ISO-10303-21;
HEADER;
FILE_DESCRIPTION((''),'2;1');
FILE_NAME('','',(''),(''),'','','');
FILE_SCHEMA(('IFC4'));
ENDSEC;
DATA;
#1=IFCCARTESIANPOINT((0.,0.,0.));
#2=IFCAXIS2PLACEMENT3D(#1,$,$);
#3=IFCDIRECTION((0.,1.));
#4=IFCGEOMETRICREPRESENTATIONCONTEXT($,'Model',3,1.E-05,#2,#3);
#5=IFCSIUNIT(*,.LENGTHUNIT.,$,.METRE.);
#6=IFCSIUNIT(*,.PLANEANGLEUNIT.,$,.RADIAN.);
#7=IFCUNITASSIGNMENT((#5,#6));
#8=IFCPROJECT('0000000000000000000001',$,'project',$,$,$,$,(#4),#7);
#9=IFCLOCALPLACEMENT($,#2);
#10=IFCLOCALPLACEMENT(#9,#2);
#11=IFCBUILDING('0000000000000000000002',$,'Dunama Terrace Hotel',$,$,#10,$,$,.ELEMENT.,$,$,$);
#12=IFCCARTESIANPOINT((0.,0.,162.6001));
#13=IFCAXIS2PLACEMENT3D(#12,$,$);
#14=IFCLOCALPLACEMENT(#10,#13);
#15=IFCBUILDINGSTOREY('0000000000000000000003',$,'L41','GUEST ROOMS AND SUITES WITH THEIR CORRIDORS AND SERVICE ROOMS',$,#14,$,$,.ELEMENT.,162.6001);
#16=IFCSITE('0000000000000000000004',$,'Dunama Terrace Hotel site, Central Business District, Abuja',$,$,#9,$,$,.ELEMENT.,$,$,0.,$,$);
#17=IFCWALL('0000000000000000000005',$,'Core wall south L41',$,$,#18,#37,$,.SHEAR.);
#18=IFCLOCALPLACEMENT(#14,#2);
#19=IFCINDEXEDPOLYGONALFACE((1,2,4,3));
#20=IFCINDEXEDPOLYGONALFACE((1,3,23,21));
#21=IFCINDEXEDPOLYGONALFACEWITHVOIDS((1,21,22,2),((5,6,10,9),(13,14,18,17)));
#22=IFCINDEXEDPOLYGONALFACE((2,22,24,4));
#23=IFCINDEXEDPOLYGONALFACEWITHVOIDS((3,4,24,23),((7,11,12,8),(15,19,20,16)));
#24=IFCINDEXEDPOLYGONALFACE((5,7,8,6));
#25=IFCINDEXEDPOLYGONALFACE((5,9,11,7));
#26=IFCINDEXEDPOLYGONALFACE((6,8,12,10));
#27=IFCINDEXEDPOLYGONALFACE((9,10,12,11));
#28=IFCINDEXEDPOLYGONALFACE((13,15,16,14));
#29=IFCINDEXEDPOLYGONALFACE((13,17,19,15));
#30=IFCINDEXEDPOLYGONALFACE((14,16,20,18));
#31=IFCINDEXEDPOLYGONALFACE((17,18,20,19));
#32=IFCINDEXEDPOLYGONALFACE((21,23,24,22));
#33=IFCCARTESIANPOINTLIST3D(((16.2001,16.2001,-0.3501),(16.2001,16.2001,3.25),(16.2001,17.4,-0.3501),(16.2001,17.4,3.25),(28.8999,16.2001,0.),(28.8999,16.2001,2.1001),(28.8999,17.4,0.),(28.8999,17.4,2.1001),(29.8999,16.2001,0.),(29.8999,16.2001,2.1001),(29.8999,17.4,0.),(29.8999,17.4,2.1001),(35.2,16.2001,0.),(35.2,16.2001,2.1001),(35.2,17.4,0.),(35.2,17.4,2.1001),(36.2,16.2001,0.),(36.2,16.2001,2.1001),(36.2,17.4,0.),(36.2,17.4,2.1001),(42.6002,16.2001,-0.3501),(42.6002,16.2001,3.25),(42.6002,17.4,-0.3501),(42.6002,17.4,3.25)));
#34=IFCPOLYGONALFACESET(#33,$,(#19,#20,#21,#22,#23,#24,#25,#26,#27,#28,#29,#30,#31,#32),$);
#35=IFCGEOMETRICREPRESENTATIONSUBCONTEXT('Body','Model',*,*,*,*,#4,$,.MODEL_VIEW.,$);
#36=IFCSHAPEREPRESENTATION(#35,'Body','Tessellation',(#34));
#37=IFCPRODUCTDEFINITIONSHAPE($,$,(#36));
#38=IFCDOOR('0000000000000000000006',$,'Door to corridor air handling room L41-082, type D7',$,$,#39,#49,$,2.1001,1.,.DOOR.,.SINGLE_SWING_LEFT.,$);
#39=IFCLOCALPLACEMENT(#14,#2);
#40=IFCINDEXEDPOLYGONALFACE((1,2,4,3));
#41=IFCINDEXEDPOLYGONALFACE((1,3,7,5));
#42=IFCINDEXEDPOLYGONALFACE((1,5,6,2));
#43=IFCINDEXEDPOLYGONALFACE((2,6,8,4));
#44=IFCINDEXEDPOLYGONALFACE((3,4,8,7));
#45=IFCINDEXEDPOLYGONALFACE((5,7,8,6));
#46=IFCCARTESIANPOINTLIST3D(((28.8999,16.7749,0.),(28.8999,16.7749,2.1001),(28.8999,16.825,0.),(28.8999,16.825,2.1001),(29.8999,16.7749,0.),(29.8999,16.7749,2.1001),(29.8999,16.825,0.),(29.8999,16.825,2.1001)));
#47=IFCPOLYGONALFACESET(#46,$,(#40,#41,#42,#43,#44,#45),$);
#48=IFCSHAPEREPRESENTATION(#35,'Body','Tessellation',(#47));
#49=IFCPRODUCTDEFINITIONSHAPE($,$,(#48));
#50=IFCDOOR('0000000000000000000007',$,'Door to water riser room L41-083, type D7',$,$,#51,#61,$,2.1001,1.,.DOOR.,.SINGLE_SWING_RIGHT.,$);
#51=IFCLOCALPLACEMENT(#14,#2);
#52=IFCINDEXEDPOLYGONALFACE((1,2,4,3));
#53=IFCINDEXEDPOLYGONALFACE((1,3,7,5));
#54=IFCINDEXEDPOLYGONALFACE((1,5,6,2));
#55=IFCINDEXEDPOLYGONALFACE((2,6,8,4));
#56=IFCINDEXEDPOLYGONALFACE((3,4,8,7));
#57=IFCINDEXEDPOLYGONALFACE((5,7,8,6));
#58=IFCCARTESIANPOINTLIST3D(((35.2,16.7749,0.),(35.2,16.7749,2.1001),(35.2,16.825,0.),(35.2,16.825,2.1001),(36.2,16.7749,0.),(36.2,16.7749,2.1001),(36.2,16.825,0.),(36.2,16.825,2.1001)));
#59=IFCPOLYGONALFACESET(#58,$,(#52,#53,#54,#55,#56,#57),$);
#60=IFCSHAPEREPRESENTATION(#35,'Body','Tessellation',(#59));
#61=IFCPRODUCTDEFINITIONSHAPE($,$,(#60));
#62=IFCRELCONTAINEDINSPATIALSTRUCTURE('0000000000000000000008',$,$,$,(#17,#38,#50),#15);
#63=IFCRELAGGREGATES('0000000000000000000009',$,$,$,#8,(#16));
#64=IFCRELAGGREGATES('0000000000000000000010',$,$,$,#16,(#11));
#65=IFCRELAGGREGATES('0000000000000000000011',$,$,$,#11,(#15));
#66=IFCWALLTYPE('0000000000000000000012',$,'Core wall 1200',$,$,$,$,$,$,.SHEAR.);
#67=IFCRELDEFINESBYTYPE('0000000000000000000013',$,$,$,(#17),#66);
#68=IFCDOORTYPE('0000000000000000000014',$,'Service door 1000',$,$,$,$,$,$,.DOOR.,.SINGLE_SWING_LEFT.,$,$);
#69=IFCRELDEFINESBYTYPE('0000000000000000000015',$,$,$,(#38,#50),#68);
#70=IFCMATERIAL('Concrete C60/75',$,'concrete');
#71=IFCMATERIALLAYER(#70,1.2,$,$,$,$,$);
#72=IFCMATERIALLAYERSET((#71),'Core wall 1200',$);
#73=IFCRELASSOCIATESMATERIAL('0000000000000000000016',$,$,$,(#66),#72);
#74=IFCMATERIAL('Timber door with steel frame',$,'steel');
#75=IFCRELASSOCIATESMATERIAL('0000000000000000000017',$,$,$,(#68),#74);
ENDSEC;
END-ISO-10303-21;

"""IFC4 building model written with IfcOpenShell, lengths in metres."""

from ifc_helpers import new_model, si_unit, direction, frame, frame_2d, origin, place, context, subcontext, project, spatial, rectangle, extrude, material, layer, layer_set, type_object, element, fill, save


model = new_model("IFC4")

# Units and contexts
model_context = context("Model", 3, precision=1e-05, world=origin(), true_north=direction((0.0, 1.0)))
body_context = subcontext(model_context, "Body", "Model", "MODEL_VIEW")
ifc_project = project(units=[si_unit("LENGTHUNIT", "METRE"), si_unit("PLANEANGLEUNIT", "RADIAN")], contexts=[model_context])

# Site, building, storey
site_placement = place(None, origin())
site = spatial("IfcSite", under=ifc_project, at=site_placement, Name="Dunama Terrace Hotel site, Central Business District, Abuja", CompositionType="ELEMENT", RefElevation=0.0)
building_placement = place(site_placement, origin())
building = spatial("IfcBuilding", under=site, at=building_placement, Name="Dunama Terrace Hotel", CompositionType="ELEMENT")
storey_placement = place(building_placement, frame((0.0, 0.0, 162.6001)))
storey = spatial("IfcBuildingStorey", under=building, at=storey_placement, Name="L41", Description="GUEST ROOMS AND SUITES WITH THEIR CORRIDORS AND SERVICE ROOMS", CompositionType="ELEMENT", Elevation=162.6001)

# Wall, openings, doors
ifc_material_1 = material(Name="Concrete C60/75", Category="concrete")
ifc_layer_1 = layer(ifc_material_1, 1.2)
ifc_layer_set_1 = layer_set([ifc_layer_1], Name="Core wall 1200")
wall_type_1 = type_object("IfcWallType", Name="Core wall 1200", PredefinedType="SHEAR", material=ifc_layer_set_1)
wall_1_placement = place(storey_placement, frame((16.2, 16.8, -0.3501), z_axis=(0.0, 0.0, 1.0), x_axis=(1.0, 0.0, 0.0)))
wall_1 = element("IfcWall", 1, at=wall_1_placement, inside=storey, type_object=wall_type_1, Name="Core wall south L41", PredefinedType="SHEAR", context=body_context, shape_type="SweptSolid", body=[
    extrude(rectangle(XDim=26.4001, YDim=1.2, at=frame_2d((13.2002, 0.0))), origin(), (0.0, 0.0, 1.0), 3.6001),
])
opening_1_placement = place(wall_1_placement, frame((12.7, 0.0, 0.3501)))
opening_1 = element("IfcOpeningElement", 2, at=opening_1_placement, cuts=wall_1, PredefinedType="OPENING", context=body_context, shape_type="SweptSolid", body=[
    extrude(rectangle(XDim=1.0, YDim=2.1001, at=frame_2d((0.5, 1.05))), frame((0.0, 0.6099, 0.0), z_axis=(0.0, -1.0, 0.0), x_axis=(1.0, 0.0, 0.0)), (0.0, 0.0, 1.0), 1.22),
])
opening_2_placement = place(wall_1_placement, frame((19.0, 0.0, 0.3501)))
opening_2 = element("IfcOpeningElement", 3, at=opening_2_placement, cuts=wall_1, PredefinedType="OPENING", context=body_context, shape_type="SweptSolid", body=[
    extrude(rectangle(XDim=1.0, YDim=2.1001, at=frame_2d((0.5, 1.05))), frame((0.0, 0.6099, 0.0), z_axis=(0.0, -1.0, 0.0), x_axis=(1.0, 0.0, 0.0)), (0.0, 0.0, 1.0), 1.22),
])
ifc_material_2 = material(Name="Timber door with steel frame", Category="steel")
door_type_1 = type_object("IfcDoorType", Name="Service door 1000", OperationType="SINGLE_SWING_LEFT", PredefinedType="DOOR", material=ifc_material_2)
door_1_placement = place(opening_1_placement, origin())
door_1 = element("IfcDoor", 4, at=door_1_placement, inside=storey, type_object=door_type_1, Name="Door to corridor air handling room L41-082, type D7", OperationType="SINGLE_SWING_LEFT", OverallHeight=2.1001, OverallWidth=1.0, PredefinedType="DOOR", context=body_context, shape_type="SweptSolid", body=[
    extrude(rectangle(XDim=1.0, YDim=2.1001, at=frame_2d((0.5, 1.05))), frame((0.0, 0.0249, 0.0), z_axis=(0.0, -1.0, 0.0), x_axis=(1.0, 0.0, 0.0)), (0.0, 0.0, 1.0), 0.05),
])
fill(opening_1, door_1)
door_2_placement = place(opening_2_placement, origin())
door_2 = element("IfcDoor", 5, at=door_2_placement, inside=storey, type_object=door_type_1, Name="Door to water riser room L41-083, type D7", OperationType="SINGLE_SWING_RIGHT", OverallHeight=2.1001, OverallWidth=1.0, PredefinedType="DOOR", context=body_context, shape_type="SweptSolid", body=[
    extrude(rectangle(XDim=1.0, YDim=2.1001, at=frame_2d((0.5, 1.05))), frame((0.0, 0.0249, 0.0), z_axis=(0.0, -1.0, 0.0), x_axis=(1.0, 0.0, 0.0)), (0.0, 0.0, 1.0), 0.05),
])
fill(opening_2, door_2)

save(model, "model.ifc")
